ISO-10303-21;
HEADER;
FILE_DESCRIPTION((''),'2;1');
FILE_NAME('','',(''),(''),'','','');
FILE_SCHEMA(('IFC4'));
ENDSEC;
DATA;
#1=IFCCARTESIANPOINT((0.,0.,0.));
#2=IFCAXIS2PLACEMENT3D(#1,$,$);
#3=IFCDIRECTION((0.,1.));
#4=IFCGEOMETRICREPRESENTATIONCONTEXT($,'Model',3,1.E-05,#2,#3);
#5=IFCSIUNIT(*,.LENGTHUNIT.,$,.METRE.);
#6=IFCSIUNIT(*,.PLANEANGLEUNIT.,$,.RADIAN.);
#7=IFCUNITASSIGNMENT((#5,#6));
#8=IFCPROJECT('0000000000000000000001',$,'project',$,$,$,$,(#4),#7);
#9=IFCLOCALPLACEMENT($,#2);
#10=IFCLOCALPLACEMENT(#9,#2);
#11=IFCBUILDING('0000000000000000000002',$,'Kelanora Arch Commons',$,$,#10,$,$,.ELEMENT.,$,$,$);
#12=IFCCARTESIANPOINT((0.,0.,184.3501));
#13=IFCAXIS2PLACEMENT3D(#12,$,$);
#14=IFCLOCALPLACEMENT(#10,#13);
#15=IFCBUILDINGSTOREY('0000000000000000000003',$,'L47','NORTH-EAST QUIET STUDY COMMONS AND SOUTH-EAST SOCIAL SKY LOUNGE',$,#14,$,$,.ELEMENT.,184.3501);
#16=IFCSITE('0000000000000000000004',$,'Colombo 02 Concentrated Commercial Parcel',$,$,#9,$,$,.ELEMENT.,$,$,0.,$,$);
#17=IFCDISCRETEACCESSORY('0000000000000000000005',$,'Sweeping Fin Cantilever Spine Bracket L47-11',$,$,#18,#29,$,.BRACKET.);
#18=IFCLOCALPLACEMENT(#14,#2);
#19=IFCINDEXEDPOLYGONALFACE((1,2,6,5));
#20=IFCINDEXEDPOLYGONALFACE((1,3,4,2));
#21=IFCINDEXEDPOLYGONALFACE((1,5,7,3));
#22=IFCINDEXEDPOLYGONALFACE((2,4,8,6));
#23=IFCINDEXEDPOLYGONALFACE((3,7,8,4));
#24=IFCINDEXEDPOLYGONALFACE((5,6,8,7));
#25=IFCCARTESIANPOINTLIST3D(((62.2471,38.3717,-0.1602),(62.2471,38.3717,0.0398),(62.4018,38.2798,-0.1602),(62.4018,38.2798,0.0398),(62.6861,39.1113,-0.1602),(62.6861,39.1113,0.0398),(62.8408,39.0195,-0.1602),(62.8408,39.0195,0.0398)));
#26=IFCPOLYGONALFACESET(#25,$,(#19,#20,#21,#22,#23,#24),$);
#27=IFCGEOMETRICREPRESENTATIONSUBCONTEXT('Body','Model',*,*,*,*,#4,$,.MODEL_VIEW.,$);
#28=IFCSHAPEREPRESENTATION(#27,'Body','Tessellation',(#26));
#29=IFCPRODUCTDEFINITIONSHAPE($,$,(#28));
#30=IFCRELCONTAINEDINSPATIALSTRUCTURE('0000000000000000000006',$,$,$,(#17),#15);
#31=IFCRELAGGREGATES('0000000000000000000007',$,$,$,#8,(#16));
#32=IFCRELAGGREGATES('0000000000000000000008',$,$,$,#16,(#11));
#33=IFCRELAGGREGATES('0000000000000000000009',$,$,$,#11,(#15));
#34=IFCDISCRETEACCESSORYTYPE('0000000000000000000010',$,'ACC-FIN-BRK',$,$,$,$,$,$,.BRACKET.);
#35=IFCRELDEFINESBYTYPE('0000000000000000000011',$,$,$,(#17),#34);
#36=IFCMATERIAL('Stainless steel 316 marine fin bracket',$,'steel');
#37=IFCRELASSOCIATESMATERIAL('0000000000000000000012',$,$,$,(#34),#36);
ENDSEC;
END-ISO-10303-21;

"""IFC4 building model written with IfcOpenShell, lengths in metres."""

from ifc_helpers import new_model, si_unit, direction, frame, origin, origin_2d, place, context, subcontext, project, spatial, rectangle, extrude, source, transform, mapped, material, type_object, element, save


model = new_model("IFC4")

# Units and contexts
model_context = context("Model", 3, precision=1e-05, world=origin(), true_north=direction((0.0, 1.0)))
body_context = subcontext(model_context, "Body", "Model", "MODEL_VIEW")
ifc_project = project(units=[si_unit("LENGTHUNIT", "METRE"), si_unit("PLANEANGLEUNIT", "RADIAN")], contexts=[model_context])

# Site, building, storey
site_placement = place(None, origin())
site = spatial("IfcSite", under=ifc_project, at=site_placement, Name="Colombo 02 Concentrated Commercial Parcel", CompositionType="ELEMENT", RefElevation=0.0)
building_placement = place(site_placement, origin())
building = spatial("IfcBuilding", under=site, at=building_placement, Name="Kelanora Arch Commons", CompositionType="ELEMENT")
storey_placement = place(building_placement, frame((0.0, 0.0, 184.3501)))
storey = spatial("IfcBuildingStorey", under=building, at=storey_placement, Name="L47", Description="NORTH-EAST QUIET STUDY COMMONS AND SOUTH-EAST SOCIAL SKY LOUNGE", CompositionType="ELEMENT", Elevation=184.3501)

# Discrete accessory
ifc_material_1 = material(Name="Stainless steel 316 marine fin bracket", Category="steel")
discrete_accessory_type = type_object("IfcDiscreteAccessoryType", Name="ACC-FIN-BRK", PredefinedType="BRACKET", material=ifc_material_1)
shared_shape_1 = source(origin(), body_context, "Body", "SweptSolid", [
    extrude(rectangle(XDim=0.8601, YDim=0.1799, at=origin_2d()), origin(), (0.0, 0.0, 1.0), 0.2),
])
discrete_accessory_placement = place(storey_placement, frame((62.5439, 38.6956, -0.1602), z_axis=(0.0, 0.0, 1.0), x_axis=(-0.510393, -0.859941, 0.0)))
element("IfcDiscreteAccessory", 1, at=discrete_accessory_placement, inside=storey, type_object=discrete_accessory_type, Name="Sweeping Fin Cantilever Spine Bracket L47-11", PredefinedType="BRACKET", context=body_context, shape_type="MappedRepresentation", body=[
    mapped(shared_shape_1, transform((0.0, 0.0, 0.0), scale=1.0)),
])

save(model, "model.ifc")
